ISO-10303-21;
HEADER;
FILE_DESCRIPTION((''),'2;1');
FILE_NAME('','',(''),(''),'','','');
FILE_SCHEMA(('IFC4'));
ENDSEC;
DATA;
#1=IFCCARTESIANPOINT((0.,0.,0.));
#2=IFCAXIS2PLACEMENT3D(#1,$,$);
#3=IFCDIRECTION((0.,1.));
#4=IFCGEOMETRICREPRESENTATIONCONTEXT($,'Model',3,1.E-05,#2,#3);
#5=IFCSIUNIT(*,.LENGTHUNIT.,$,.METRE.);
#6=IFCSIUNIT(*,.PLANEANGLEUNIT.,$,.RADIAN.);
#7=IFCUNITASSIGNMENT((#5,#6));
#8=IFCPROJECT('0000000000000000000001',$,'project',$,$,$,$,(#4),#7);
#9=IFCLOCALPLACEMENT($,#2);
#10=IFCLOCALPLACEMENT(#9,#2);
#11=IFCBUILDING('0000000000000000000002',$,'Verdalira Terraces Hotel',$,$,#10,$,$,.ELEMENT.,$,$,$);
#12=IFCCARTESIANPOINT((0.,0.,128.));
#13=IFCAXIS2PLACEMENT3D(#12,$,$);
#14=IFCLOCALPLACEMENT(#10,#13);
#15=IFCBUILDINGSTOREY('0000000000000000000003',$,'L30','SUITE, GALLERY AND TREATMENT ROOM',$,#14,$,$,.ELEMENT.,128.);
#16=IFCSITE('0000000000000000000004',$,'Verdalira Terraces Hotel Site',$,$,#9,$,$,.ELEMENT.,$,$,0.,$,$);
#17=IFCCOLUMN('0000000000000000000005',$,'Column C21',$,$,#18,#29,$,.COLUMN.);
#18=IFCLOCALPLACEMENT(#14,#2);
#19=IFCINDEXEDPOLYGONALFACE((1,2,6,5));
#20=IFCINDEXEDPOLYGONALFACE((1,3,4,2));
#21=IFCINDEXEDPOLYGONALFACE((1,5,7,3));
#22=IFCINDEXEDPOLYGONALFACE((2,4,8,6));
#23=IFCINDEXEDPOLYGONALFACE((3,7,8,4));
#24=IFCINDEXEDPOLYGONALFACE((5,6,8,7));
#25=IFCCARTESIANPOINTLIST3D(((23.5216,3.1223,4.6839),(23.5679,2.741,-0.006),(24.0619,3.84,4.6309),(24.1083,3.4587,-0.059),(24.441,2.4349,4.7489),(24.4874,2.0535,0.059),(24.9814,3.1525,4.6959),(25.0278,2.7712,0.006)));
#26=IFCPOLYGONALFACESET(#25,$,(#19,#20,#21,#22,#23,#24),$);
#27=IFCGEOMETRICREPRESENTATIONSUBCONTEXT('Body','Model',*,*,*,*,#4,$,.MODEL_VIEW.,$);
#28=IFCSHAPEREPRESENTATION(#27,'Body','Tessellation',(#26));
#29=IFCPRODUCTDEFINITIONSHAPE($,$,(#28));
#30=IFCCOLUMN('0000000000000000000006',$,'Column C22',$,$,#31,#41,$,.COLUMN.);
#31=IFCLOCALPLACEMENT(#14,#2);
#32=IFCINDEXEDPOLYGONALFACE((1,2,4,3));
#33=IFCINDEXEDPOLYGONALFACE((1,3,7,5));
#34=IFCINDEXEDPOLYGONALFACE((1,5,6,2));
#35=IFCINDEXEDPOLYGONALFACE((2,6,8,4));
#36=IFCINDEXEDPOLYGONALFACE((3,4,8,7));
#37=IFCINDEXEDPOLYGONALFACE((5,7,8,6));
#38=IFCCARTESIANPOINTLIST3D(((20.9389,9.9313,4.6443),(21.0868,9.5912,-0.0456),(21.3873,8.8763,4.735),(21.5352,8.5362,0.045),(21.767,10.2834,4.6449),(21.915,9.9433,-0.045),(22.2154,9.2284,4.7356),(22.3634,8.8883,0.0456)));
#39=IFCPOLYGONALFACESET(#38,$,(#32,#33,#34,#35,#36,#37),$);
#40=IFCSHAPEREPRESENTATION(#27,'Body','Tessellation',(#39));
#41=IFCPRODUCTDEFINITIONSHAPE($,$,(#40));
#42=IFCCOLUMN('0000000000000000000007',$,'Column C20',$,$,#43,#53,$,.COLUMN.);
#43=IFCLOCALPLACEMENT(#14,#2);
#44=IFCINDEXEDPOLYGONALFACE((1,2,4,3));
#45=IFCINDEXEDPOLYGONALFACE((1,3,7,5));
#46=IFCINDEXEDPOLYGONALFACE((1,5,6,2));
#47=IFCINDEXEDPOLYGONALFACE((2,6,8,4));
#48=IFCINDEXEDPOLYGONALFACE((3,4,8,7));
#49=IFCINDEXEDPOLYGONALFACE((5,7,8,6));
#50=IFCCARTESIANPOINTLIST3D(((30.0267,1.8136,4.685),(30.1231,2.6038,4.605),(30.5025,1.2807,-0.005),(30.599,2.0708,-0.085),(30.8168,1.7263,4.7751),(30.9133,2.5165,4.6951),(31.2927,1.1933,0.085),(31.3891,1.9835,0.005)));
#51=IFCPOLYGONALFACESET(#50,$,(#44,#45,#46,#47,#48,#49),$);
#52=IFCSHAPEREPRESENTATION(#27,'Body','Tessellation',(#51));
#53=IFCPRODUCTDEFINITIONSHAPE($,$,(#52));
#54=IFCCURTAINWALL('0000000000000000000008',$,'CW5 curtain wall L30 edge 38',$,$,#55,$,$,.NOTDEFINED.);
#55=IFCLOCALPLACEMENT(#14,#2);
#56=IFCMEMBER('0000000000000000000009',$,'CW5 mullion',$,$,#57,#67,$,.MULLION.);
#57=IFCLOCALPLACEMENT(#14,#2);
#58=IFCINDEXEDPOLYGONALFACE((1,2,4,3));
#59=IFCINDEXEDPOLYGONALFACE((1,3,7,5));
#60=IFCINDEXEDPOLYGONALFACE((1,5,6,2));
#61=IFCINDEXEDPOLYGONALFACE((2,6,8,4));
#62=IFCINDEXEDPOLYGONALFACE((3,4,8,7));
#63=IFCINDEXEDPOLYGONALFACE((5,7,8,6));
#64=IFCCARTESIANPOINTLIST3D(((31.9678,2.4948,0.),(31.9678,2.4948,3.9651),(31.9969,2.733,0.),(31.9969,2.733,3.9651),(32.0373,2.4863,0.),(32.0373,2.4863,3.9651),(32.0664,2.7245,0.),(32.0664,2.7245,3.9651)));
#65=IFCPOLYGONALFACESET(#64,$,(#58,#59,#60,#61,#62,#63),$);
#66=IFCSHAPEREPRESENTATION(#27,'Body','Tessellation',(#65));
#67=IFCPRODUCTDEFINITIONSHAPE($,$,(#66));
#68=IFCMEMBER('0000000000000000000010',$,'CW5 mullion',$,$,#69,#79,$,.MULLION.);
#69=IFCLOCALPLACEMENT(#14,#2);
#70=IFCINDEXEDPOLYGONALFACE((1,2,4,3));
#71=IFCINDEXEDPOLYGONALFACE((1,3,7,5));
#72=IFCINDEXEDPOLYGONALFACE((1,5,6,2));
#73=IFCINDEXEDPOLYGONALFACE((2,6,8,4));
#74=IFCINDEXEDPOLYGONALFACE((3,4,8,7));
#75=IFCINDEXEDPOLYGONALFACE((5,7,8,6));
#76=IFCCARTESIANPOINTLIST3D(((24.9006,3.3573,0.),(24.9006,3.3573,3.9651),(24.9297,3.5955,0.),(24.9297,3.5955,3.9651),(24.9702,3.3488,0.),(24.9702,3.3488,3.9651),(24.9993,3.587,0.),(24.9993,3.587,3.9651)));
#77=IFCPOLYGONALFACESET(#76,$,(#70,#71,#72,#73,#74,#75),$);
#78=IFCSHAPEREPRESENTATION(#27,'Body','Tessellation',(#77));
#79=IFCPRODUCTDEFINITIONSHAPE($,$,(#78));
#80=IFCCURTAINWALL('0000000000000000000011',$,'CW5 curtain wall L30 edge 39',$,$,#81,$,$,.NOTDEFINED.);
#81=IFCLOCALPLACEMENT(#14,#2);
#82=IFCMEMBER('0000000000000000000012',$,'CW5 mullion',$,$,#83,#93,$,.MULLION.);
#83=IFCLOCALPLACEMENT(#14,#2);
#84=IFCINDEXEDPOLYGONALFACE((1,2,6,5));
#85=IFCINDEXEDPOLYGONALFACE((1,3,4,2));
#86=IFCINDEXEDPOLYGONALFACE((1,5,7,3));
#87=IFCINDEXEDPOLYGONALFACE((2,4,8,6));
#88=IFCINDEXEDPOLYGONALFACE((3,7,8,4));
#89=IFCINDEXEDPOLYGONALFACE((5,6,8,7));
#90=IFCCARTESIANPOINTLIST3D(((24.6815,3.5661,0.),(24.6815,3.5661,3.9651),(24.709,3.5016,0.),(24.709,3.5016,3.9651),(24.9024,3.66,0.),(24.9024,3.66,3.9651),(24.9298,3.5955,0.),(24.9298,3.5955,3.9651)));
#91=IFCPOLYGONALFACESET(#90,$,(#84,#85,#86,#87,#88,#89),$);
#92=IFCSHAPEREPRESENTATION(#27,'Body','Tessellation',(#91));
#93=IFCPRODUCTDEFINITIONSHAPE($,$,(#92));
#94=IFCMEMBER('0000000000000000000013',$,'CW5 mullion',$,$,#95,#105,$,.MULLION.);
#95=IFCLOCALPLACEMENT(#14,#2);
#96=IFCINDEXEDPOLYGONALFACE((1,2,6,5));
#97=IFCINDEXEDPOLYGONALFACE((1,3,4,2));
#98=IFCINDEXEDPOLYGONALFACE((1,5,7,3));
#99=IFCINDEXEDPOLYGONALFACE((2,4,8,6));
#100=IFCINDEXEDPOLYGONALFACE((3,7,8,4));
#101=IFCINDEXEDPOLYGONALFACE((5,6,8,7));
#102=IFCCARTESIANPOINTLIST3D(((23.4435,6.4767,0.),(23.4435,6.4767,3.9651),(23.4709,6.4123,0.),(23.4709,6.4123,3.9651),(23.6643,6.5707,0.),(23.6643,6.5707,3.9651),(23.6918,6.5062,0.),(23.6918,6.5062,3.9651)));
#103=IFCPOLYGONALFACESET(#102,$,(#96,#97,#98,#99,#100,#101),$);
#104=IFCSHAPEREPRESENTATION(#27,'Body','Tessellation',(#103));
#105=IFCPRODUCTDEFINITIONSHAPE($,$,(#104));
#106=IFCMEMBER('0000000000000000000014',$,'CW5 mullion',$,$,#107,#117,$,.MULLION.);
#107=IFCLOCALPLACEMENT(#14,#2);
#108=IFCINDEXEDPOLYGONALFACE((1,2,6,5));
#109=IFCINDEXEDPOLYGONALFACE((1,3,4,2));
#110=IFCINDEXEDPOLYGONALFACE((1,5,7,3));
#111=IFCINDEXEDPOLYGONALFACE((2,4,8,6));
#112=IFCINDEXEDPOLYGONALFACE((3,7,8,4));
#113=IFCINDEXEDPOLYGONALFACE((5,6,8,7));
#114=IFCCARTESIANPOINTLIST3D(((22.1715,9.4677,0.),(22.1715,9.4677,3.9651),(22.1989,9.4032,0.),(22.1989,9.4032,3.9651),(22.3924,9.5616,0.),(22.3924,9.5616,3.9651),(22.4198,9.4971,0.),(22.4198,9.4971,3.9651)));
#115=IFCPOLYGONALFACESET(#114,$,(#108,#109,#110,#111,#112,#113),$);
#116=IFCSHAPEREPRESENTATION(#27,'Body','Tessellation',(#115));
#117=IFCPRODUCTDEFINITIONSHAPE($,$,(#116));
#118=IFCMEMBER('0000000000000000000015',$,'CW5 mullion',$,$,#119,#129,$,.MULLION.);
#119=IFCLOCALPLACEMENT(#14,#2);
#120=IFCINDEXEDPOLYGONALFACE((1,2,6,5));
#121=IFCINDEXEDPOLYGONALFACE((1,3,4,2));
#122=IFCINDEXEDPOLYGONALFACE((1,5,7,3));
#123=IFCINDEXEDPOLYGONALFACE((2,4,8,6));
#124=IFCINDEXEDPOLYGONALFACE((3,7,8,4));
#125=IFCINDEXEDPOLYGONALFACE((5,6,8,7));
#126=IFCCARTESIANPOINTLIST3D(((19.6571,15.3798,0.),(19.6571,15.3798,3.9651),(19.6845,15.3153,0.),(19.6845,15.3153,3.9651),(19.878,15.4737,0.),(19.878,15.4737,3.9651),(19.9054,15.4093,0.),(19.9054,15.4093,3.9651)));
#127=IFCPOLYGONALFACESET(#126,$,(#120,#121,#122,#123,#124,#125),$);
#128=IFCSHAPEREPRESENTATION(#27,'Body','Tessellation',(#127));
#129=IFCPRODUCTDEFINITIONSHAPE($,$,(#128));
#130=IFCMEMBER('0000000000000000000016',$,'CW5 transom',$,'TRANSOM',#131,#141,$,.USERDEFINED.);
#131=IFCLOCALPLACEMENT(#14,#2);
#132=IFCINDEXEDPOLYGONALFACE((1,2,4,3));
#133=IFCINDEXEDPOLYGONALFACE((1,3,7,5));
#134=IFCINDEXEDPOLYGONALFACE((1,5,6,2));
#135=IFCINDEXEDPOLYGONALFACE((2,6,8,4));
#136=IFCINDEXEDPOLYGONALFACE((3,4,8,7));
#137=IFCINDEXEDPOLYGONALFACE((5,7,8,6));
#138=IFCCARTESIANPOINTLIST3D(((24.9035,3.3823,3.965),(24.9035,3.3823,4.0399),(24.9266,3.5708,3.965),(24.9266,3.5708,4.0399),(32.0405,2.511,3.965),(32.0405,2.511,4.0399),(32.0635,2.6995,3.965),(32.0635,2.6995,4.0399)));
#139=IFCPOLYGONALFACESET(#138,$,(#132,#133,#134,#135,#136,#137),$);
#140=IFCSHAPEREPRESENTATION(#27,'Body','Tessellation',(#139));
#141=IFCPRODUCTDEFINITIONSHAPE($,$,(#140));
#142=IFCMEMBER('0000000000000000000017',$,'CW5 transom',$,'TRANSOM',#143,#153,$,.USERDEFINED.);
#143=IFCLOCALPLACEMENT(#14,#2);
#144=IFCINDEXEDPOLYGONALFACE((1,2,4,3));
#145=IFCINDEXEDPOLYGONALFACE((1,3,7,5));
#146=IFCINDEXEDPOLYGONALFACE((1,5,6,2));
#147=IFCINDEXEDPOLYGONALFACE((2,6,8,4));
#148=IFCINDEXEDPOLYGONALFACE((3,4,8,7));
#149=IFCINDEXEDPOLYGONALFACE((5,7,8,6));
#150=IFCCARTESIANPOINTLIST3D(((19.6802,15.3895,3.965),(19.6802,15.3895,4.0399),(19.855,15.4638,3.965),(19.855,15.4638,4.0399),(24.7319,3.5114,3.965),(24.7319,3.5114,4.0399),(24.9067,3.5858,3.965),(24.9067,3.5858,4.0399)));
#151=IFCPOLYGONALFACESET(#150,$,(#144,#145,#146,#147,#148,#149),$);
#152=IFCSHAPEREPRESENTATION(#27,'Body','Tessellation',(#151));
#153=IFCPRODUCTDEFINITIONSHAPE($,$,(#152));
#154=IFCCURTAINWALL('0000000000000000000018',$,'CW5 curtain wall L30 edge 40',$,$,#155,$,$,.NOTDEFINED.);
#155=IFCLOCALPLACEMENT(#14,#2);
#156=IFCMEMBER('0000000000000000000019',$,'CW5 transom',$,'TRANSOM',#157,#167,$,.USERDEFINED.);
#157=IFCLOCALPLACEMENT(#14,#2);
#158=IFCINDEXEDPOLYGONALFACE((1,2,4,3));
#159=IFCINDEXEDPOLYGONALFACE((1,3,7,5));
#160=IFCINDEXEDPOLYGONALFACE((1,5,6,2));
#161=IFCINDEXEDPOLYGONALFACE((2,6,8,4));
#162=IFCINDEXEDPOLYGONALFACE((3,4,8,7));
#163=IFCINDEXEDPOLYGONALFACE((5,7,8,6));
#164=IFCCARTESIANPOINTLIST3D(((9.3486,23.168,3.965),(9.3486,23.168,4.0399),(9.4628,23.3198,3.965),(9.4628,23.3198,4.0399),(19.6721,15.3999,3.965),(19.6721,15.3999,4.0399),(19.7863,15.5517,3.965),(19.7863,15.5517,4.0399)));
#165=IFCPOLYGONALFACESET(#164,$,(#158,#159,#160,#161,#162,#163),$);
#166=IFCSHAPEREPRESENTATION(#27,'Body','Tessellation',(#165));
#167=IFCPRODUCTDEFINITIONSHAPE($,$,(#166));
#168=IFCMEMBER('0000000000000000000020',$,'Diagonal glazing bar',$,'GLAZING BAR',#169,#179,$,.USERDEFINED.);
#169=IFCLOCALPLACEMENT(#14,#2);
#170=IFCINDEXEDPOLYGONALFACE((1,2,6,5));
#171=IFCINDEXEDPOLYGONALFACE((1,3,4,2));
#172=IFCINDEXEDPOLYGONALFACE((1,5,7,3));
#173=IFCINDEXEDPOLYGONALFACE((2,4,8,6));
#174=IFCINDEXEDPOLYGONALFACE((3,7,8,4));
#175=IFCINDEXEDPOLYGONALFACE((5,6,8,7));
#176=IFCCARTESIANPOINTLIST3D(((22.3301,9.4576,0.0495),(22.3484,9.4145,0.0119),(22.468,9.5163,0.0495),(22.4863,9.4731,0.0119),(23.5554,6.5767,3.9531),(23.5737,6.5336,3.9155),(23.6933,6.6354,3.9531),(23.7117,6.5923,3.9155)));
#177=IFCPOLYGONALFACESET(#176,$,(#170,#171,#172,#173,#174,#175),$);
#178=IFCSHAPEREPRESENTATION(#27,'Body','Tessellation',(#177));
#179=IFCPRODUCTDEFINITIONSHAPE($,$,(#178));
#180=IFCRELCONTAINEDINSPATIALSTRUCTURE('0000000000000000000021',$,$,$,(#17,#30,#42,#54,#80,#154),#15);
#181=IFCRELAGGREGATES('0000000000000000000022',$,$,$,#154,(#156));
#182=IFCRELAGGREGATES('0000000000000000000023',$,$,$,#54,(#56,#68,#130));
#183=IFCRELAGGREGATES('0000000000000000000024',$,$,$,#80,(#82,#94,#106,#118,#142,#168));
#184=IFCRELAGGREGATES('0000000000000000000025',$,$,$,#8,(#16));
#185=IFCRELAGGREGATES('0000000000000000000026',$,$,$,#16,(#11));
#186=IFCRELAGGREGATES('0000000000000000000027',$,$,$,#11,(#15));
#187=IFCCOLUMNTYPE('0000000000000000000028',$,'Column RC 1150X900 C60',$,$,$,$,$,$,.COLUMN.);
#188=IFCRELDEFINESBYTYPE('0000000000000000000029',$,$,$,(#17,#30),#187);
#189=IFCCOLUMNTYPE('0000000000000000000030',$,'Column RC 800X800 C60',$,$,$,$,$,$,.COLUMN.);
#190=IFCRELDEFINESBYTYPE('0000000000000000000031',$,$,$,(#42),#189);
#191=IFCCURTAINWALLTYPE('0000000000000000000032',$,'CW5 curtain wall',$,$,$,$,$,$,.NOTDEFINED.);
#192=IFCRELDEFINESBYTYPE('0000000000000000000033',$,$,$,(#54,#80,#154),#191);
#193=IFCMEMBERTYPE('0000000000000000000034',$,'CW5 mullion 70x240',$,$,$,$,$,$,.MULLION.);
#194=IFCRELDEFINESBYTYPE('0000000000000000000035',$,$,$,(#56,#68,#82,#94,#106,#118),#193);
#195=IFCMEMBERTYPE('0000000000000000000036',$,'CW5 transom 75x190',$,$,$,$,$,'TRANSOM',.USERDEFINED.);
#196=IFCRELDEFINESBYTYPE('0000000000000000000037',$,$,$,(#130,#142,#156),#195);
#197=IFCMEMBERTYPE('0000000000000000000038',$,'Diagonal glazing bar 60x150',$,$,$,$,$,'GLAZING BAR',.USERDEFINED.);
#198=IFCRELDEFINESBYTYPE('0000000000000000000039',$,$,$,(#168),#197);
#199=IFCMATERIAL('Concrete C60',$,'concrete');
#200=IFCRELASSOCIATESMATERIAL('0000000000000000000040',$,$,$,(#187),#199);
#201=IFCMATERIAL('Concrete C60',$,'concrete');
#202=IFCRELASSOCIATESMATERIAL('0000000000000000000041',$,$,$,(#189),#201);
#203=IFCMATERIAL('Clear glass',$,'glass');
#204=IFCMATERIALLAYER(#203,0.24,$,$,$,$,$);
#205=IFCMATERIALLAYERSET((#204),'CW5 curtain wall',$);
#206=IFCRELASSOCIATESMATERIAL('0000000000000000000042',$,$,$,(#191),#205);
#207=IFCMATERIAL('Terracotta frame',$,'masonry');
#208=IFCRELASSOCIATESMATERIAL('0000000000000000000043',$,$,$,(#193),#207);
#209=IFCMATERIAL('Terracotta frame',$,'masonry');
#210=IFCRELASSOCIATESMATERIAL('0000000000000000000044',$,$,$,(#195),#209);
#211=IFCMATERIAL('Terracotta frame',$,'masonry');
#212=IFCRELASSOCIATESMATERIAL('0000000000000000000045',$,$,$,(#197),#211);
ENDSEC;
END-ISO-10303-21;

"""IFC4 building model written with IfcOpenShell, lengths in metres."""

from ifc_helpers import new_model, si_unit, direction, frame, origin, origin_2d, place, context, subcontext, project, spatial, rectangle, extrude, material, layer, layer_set, material_profile, profile_set, type_object, element, aggregate, save


model = new_model("IFC4")

# Units and contexts
model_context = context("Model", 3, precision=1e-05, world=origin(), true_north=direction((0.0, 1.0)))
body_context = subcontext(model_context, "Body", "Model", "MODEL_VIEW")
ifc_project = project(units=[si_unit("LENGTHUNIT", "METRE"), si_unit("PLANEANGLEUNIT", "RADIAN")], contexts=[model_context])

# Site, building, storey
site_placement = place(None, origin())
site = spatial("IfcSite", under=ifc_project, at=site_placement, Name="Verdalira Terraces Hotel Site", CompositionType="ELEMENT", RefElevation=0.0)
building_placement = place(site_placement, origin())
building = spatial("IfcBuilding", under=site, at=building_placement, Name="Verdalira Terraces Hotel", CompositionType="ELEMENT")
storey_placement = place(building_placement, frame((0.0, 0.0, 128.0)))
storey = spatial("IfcBuildingStorey", under=building, at=storey_placement, Name="L30", Description="SUITE, GALLERY AND TREATMENT ROOM", CompositionType="ELEMENT", Elevation=128.0)

# Columns
ifc_material_1 = material(Name="Concrete C60", Category="concrete")
ifc_material_profile_1 = material_profile(ifc_material_1, rectangle(XDim=1.1499, YDim=0.8999, at=origin_2d()), Name="RC 1150X900")
ifc_profile_set_1 = profile_set([ifc_material_profile_1], Name="Concrete C60")
column_type_1 = type_object("IfcColumnType", Name="Column RC 1150X900 C60", PredefinedType="COLUMN", material=ifc_profile_set_1)
column_1_placement = place(storey_placement, frame((24.2979, 2.7561, 0.0), z_axis=(-0.009858, 0.08104, 0.996662), x_axis=(0.799615, -0.597847, 0.056521)))
element("IfcColumn", 1, at=column_1_placement, inside=storey, type_object=column_type_1, Name="Column C21", PredefinedType="COLUMN", context=body_context, shape_type="SweptSolid", body=[
    extrude(rectangle(XDim=1.1499, YDim=0.8999, at=origin_2d()), origin(), (0.0, 0.0, 1.0), 4.7056),
])
column_2_placement = place(storey_placement, frame((21.7251, 9.2397, 0.0), z_axis=(-0.031448, 0.072289, 0.996888), x_axis=(-0.389957, 0.917453, -0.07883)))
element("IfcColumn", 2, at=column_2_placement, inside=storey, type_object=column_type_1, Name="Column C22", PredefinedType="COLUMN", context=body_context, shape_type="SweptSolid", body=[
    extrude(rectangle(XDim=1.1499, YDim=0.8999, at=origin_2d()), origin(), (0.0, 0.0, 1.0), 4.7046),
])
ifc_material_2 = material(Name="Concrete C60", Category="concrete")
ifc_material_profile_2 = material_profile(ifc_material_2, rectangle(XDim=0.8, YDim=0.8, at=origin_2d()), Name="RC 800X800")
ifc_profile_set_2 = profile_set([ifc_material_profile_2], Name="Concrete C60")
column_type_2 = type_object("IfcColumnType", Name="Column RC 800X800 C60", PredefinedType="COLUMN", material=ifc_profile_set_2)
column_3_placement = place(storey_placement, frame((30.9458, 1.6321, 0.0), z_axis=(-0.1003, 0.112343, 0.988594), x_axis=(-0.987626, 0.109151, -0.112606)))
element("IfcColumn", 3, at=column_3_placement, inside=storey, type_object=column_type_2, Name="Column C20", PredefinedType="COLUMN", context=body_context, shape_type="SweptSolid", body=[
    extrude(rectangle(XDim=0.8, YDim=0.8, at=origin_2d()), origin(), (0.0, 0.0, 1.0), 4.7441),
])

# Curtain walls, members
ifc_material_3 = material(Name="Clear glass", Category="glass")
ifc_layer_1 = layer(ifc_material_3, 0.24)
ifc_layer_set_1 = layer_set([ifc_layer_1], Name="CW5 curtain wall")
curtain_wall_type = type_object("IfcCurtainWallType", Name="CW5 curtain wall", PredefinedType="NOTDEFINED", material=ifc_layer_set_1)
curtain_wall_1_placement = place(storey_placement, origin())
curtain_wall_1 = element("IfcCurtainWall", 4, at=curtain_wall_1_placement, inside=storey, type_object=curtain_wall_type, Name="CW5 curtain wall L30 edge 38", PredefinedType="NOTDEFINED")
ifc_material_4 = material(Name="Terracotta frame", Category="masonry")
ifc_material_profile_3 = material_profile(ifc_material_4, rectangle(XDim=0.0701, YDim=0.24, at=origin_2d()), Name="MU 70x240")
ifc_profile_set_3 = profile_set([ifc_material_profile_3], Name="Terracotta frame")
member_type_1 = type_object("IfcMemberType", Name="CW5 mullion 70x240", PredefinedType="MULLION", material=ifc_profile_set_3)
member_1_placement = place(storey_placement, frame((32.0171, 2.6096, 0.0), z_axis=(0.0, 0.0, 1.0), x_axis=(-0.992631, 0.121176, 0.0)))
member_1 = element("IfcMember", 5, at=member_1_placement, type_object=member_type_1, Name="CW5 mullion", PredefinedType="MULLION", context=body_context, shape_type="SweptSolid", body=[
    extrude(rectangle(XDim=0.0701, YDim=0.24, at=origin_2d()), origin(), (0.0, 0.0, 1.0), 3.9651),
])
member_2_placement = place(storey_placement, frame((24.95, 3.4722, 0.0), z_axis=(0.0, 0.0, 1.0), x_axis=(-0.992631, 0.121176, 0.0)))
member_2 = element("IfcMember", 6, at=member_2_placement, type_object=member_type_1, Name="CW5 mullion", PredefinedType="MULLION", context=body_context, shape_type="SweptSolid", body=[
    extrude(rectangle(XDim=0.0701, YDim=0.24, at=origin_2d()), origin(), (0.0, 0.0, 1.0), 3.9651),
])
curtain_wall_2_placement = place(storey_placement, origin())
curtain_wall_2 = element("IfcCurtainWall", 7, at=curtain_wall_2_placement, inside=storey, type_object=curtain_wall_type, Name="CW5 curtain wall L30 edge 39", PredefinedType="NOTDEFINED")
member_3_placement = place(storey_placement, frame((24.8057, 3.5808, 0.0), z_axis=(0.0, 0.0, 1.0), x_axis=(-0.391374, 0.920232, 0.0)))
member_3 = element("IfcMember", 8, at=member_3_placement, type_object=member_type_1, Name="CW5 mullion", PredefinedType="MULLION", context=body_context, shape_type="SweptSolid", body=[
    extrude(rectangle(XDim=0.0701, YDim=0.24, at=origin_2d()), origin(), (0.0, 0.0, 1.0), 3.9651),
])
member_4_placement = place(storey_placement, frame((23.5676, 6.4915, 0.0), z_axis=(0.0, 0.0, 1.0), x_axis=(-0.391374, 0.920232, 0.0)))
member_4 = element("IfcMember", 9, at=member_4_placement, type_object=member_type_1, Name="CW5 mullion", PredefinedType="MULLION", context=body_context, shape_type="SweptSolid", body=[
    extrude(rectangle(XDim=0.0701, YDim=0.24, at=origin_2d()), origin(), (0.0, 0.0, 1.0), 3.9651),
])
member_5_placement = place(storey_placement, frame((22.2957, 9.4824, 0.0), z_axis=(0.0, 0.0, 1.0), x_axis=(-0.391374, 0.920232, 0.0)))
member_5 = element("IfcMember", 10, at=member_5_placement, type_object=member_type_1, Name="CW5 mullion", PredefinedType="MULLION", context=body_context, shape_type="SweptSolid", body=[
    extrude(rectangle(XDim=0.0701, YDim=0.24, at=origin_2d()), origin(), (0.0, 0.0, 1.0), 3.9651),
])
member_6_placement = place(storey_placement, frame((19.7812, 15.3945, 0.0), z_axis=(0.0, 0.0, 1.0), x_axis=(-0.391374, 0.920232, 0.0)))
member_6 = element("IfcMember", 11, at=member_6_placement, type_object=member_type_1, Name="CW5 mullion", PredefinedType="MULLION", context=body_context, shape_type="SweptSolid", body=[
    extrude(rectangle(XDim=0.0701, YDim=0.24, at=origin_2d()), origin(), (0.0, 0.0, 1.0), 3.9651),
])

# Members
ifc_material_5 = material(Name="Terracotta frame", Category="masonry")
ifc_material_profile_4 = material_profile(ifc_material_5, rectangle(XDim=0.1899, YDim=0.075, at=origin_2d()), Name="TR 75x190")
ifc_profile_set_4 = profile_set([ifc_material_profile_4], Name="Terracotta frame")
member_type_2 = type_object("IfcMemberType", Name="CW5 transom 75x190", ElementType="TRANSOM", PredefinedType="USERDEFINED", material=ifc_profile_set_4)
member_7_placement = place(storey_placement, frame((32.052, 2.6052, 4.0024), z_axis=(-0.99263, 0.121188, 0.0), x_axis=(-0.121188, -0.99263, 0.0)))
member_7 = element("IfcMember", 12, at=member_7_placement, type_object=member_type_2, Name="CW5 transom", ObjectType="TRANSOM", PredefinedType="USERDEFINED", context=body_context, shape_type="SweptSolid", body=[
    extrude(rectangle(XDim=0.1899, YDim=0.075, at=origin_2d()), origin(), (0.0, 0.0, 1.0), 7.1899),
])
member_8_placement = place(storey_placement, frame((24.8193, 3.5486, 4.0024), z_axis=(-0.391373, 0.920232, 0.0), x_axis=(-0.920232, -0.391373, 0.0)))
member_8 = element("IfcMember", 13, at=member_8_placement, type_object=member_type_2, Name="CW5 transom", ObjectType="TRANSOM", PredefinedType="USERDEFINED", context=body_context, shape_type="SweptSolid", body=[
    extrude(rectangle(XDim=0.1899, YDim=0.075, at=origin_2d()), origin(), (0.0, 0.0, 1.0), 12.9077),
])

# Curtain wall, member
curtain_wall_3_placement = place(storey_placement, origin())
curtain_wall_3 = element("IfcCurtainWall", 14, at=curtain_wall_3_placement, inside=storey, type_object=curtain_wall_type, Name="CW5 curtain wall L30 edge 40", PredefinedType="NOTDEFINED")
member_9_placement = place(storey_placement, frame((19.7292, 15.4758, 4.0024), z_axis=(-0.799053, 0.60126, 0.0), x_axis=(-0.60126, -0.799053, 0.0)))
member_9 = element("IfcMember", 15, at=member_9_placement, type_object=member_type_2, Name="CW5 transom", ObjectType="TRANSOM", PredefinedType="USERDEFINED", context=body_context, shape_type="SweptSolid", body=[
    extrude(rectangle(XDim=0.1899, YDim=0.075, at=origin_2d()), origin(), (0.0, 0.0, 1.0), 12.9197),
])
aggregate(curtain_wall_3, [member_9])

# Member
ifc_material_6 = material(Name="Terracotta frame", Category="masonry")
ifc_material_profile_5 = material_profile(ifc_material_6, rectangle(XDim=0.1499, YDim=0.0601, at=origin_2d()), Name="GB 60x150")
ifc_profile_set_5 = profile_set([ifc_material_profile_5], Name="Terracotta frame")
member_type_3 = type_object("IfcMemberType", Name="Diagonal glazing bar 60x150", ElementType="GLAZING BAR", PredefinedType="USERDEFINED", material=ifc_profile_set_5)
member_10_placement = place(storey_placement, frame((23.6335, 6.5845, 3.9343), z_axis=(-0.244879, 0.575727, -0.78011), x_axis=(-0.920219, -0.391405, 0.0)))
member_10 = element("IfcMember", 16, at=member_10_placement, type_object=member_type_3, Name="Diagonal glazing bar", ObjectType="GLAZING BAR", PredefinedType="USERDEFINED", context=body_context, shape_type="SweptSolid", body=[
    extrude(rectangle(XDim=0.1499, YDim=0.0601, at=origin_2d()), origin(), (0.0, 0.0, 1.0), 5.0039),
])

aggregate(curtain_wall_1, [member_1, member_2, member_7])
aggregate(curtain_wall_2, [member_3, member_4, member_5, member_6, member_8, member_10])

save(model, "model.ifc")
